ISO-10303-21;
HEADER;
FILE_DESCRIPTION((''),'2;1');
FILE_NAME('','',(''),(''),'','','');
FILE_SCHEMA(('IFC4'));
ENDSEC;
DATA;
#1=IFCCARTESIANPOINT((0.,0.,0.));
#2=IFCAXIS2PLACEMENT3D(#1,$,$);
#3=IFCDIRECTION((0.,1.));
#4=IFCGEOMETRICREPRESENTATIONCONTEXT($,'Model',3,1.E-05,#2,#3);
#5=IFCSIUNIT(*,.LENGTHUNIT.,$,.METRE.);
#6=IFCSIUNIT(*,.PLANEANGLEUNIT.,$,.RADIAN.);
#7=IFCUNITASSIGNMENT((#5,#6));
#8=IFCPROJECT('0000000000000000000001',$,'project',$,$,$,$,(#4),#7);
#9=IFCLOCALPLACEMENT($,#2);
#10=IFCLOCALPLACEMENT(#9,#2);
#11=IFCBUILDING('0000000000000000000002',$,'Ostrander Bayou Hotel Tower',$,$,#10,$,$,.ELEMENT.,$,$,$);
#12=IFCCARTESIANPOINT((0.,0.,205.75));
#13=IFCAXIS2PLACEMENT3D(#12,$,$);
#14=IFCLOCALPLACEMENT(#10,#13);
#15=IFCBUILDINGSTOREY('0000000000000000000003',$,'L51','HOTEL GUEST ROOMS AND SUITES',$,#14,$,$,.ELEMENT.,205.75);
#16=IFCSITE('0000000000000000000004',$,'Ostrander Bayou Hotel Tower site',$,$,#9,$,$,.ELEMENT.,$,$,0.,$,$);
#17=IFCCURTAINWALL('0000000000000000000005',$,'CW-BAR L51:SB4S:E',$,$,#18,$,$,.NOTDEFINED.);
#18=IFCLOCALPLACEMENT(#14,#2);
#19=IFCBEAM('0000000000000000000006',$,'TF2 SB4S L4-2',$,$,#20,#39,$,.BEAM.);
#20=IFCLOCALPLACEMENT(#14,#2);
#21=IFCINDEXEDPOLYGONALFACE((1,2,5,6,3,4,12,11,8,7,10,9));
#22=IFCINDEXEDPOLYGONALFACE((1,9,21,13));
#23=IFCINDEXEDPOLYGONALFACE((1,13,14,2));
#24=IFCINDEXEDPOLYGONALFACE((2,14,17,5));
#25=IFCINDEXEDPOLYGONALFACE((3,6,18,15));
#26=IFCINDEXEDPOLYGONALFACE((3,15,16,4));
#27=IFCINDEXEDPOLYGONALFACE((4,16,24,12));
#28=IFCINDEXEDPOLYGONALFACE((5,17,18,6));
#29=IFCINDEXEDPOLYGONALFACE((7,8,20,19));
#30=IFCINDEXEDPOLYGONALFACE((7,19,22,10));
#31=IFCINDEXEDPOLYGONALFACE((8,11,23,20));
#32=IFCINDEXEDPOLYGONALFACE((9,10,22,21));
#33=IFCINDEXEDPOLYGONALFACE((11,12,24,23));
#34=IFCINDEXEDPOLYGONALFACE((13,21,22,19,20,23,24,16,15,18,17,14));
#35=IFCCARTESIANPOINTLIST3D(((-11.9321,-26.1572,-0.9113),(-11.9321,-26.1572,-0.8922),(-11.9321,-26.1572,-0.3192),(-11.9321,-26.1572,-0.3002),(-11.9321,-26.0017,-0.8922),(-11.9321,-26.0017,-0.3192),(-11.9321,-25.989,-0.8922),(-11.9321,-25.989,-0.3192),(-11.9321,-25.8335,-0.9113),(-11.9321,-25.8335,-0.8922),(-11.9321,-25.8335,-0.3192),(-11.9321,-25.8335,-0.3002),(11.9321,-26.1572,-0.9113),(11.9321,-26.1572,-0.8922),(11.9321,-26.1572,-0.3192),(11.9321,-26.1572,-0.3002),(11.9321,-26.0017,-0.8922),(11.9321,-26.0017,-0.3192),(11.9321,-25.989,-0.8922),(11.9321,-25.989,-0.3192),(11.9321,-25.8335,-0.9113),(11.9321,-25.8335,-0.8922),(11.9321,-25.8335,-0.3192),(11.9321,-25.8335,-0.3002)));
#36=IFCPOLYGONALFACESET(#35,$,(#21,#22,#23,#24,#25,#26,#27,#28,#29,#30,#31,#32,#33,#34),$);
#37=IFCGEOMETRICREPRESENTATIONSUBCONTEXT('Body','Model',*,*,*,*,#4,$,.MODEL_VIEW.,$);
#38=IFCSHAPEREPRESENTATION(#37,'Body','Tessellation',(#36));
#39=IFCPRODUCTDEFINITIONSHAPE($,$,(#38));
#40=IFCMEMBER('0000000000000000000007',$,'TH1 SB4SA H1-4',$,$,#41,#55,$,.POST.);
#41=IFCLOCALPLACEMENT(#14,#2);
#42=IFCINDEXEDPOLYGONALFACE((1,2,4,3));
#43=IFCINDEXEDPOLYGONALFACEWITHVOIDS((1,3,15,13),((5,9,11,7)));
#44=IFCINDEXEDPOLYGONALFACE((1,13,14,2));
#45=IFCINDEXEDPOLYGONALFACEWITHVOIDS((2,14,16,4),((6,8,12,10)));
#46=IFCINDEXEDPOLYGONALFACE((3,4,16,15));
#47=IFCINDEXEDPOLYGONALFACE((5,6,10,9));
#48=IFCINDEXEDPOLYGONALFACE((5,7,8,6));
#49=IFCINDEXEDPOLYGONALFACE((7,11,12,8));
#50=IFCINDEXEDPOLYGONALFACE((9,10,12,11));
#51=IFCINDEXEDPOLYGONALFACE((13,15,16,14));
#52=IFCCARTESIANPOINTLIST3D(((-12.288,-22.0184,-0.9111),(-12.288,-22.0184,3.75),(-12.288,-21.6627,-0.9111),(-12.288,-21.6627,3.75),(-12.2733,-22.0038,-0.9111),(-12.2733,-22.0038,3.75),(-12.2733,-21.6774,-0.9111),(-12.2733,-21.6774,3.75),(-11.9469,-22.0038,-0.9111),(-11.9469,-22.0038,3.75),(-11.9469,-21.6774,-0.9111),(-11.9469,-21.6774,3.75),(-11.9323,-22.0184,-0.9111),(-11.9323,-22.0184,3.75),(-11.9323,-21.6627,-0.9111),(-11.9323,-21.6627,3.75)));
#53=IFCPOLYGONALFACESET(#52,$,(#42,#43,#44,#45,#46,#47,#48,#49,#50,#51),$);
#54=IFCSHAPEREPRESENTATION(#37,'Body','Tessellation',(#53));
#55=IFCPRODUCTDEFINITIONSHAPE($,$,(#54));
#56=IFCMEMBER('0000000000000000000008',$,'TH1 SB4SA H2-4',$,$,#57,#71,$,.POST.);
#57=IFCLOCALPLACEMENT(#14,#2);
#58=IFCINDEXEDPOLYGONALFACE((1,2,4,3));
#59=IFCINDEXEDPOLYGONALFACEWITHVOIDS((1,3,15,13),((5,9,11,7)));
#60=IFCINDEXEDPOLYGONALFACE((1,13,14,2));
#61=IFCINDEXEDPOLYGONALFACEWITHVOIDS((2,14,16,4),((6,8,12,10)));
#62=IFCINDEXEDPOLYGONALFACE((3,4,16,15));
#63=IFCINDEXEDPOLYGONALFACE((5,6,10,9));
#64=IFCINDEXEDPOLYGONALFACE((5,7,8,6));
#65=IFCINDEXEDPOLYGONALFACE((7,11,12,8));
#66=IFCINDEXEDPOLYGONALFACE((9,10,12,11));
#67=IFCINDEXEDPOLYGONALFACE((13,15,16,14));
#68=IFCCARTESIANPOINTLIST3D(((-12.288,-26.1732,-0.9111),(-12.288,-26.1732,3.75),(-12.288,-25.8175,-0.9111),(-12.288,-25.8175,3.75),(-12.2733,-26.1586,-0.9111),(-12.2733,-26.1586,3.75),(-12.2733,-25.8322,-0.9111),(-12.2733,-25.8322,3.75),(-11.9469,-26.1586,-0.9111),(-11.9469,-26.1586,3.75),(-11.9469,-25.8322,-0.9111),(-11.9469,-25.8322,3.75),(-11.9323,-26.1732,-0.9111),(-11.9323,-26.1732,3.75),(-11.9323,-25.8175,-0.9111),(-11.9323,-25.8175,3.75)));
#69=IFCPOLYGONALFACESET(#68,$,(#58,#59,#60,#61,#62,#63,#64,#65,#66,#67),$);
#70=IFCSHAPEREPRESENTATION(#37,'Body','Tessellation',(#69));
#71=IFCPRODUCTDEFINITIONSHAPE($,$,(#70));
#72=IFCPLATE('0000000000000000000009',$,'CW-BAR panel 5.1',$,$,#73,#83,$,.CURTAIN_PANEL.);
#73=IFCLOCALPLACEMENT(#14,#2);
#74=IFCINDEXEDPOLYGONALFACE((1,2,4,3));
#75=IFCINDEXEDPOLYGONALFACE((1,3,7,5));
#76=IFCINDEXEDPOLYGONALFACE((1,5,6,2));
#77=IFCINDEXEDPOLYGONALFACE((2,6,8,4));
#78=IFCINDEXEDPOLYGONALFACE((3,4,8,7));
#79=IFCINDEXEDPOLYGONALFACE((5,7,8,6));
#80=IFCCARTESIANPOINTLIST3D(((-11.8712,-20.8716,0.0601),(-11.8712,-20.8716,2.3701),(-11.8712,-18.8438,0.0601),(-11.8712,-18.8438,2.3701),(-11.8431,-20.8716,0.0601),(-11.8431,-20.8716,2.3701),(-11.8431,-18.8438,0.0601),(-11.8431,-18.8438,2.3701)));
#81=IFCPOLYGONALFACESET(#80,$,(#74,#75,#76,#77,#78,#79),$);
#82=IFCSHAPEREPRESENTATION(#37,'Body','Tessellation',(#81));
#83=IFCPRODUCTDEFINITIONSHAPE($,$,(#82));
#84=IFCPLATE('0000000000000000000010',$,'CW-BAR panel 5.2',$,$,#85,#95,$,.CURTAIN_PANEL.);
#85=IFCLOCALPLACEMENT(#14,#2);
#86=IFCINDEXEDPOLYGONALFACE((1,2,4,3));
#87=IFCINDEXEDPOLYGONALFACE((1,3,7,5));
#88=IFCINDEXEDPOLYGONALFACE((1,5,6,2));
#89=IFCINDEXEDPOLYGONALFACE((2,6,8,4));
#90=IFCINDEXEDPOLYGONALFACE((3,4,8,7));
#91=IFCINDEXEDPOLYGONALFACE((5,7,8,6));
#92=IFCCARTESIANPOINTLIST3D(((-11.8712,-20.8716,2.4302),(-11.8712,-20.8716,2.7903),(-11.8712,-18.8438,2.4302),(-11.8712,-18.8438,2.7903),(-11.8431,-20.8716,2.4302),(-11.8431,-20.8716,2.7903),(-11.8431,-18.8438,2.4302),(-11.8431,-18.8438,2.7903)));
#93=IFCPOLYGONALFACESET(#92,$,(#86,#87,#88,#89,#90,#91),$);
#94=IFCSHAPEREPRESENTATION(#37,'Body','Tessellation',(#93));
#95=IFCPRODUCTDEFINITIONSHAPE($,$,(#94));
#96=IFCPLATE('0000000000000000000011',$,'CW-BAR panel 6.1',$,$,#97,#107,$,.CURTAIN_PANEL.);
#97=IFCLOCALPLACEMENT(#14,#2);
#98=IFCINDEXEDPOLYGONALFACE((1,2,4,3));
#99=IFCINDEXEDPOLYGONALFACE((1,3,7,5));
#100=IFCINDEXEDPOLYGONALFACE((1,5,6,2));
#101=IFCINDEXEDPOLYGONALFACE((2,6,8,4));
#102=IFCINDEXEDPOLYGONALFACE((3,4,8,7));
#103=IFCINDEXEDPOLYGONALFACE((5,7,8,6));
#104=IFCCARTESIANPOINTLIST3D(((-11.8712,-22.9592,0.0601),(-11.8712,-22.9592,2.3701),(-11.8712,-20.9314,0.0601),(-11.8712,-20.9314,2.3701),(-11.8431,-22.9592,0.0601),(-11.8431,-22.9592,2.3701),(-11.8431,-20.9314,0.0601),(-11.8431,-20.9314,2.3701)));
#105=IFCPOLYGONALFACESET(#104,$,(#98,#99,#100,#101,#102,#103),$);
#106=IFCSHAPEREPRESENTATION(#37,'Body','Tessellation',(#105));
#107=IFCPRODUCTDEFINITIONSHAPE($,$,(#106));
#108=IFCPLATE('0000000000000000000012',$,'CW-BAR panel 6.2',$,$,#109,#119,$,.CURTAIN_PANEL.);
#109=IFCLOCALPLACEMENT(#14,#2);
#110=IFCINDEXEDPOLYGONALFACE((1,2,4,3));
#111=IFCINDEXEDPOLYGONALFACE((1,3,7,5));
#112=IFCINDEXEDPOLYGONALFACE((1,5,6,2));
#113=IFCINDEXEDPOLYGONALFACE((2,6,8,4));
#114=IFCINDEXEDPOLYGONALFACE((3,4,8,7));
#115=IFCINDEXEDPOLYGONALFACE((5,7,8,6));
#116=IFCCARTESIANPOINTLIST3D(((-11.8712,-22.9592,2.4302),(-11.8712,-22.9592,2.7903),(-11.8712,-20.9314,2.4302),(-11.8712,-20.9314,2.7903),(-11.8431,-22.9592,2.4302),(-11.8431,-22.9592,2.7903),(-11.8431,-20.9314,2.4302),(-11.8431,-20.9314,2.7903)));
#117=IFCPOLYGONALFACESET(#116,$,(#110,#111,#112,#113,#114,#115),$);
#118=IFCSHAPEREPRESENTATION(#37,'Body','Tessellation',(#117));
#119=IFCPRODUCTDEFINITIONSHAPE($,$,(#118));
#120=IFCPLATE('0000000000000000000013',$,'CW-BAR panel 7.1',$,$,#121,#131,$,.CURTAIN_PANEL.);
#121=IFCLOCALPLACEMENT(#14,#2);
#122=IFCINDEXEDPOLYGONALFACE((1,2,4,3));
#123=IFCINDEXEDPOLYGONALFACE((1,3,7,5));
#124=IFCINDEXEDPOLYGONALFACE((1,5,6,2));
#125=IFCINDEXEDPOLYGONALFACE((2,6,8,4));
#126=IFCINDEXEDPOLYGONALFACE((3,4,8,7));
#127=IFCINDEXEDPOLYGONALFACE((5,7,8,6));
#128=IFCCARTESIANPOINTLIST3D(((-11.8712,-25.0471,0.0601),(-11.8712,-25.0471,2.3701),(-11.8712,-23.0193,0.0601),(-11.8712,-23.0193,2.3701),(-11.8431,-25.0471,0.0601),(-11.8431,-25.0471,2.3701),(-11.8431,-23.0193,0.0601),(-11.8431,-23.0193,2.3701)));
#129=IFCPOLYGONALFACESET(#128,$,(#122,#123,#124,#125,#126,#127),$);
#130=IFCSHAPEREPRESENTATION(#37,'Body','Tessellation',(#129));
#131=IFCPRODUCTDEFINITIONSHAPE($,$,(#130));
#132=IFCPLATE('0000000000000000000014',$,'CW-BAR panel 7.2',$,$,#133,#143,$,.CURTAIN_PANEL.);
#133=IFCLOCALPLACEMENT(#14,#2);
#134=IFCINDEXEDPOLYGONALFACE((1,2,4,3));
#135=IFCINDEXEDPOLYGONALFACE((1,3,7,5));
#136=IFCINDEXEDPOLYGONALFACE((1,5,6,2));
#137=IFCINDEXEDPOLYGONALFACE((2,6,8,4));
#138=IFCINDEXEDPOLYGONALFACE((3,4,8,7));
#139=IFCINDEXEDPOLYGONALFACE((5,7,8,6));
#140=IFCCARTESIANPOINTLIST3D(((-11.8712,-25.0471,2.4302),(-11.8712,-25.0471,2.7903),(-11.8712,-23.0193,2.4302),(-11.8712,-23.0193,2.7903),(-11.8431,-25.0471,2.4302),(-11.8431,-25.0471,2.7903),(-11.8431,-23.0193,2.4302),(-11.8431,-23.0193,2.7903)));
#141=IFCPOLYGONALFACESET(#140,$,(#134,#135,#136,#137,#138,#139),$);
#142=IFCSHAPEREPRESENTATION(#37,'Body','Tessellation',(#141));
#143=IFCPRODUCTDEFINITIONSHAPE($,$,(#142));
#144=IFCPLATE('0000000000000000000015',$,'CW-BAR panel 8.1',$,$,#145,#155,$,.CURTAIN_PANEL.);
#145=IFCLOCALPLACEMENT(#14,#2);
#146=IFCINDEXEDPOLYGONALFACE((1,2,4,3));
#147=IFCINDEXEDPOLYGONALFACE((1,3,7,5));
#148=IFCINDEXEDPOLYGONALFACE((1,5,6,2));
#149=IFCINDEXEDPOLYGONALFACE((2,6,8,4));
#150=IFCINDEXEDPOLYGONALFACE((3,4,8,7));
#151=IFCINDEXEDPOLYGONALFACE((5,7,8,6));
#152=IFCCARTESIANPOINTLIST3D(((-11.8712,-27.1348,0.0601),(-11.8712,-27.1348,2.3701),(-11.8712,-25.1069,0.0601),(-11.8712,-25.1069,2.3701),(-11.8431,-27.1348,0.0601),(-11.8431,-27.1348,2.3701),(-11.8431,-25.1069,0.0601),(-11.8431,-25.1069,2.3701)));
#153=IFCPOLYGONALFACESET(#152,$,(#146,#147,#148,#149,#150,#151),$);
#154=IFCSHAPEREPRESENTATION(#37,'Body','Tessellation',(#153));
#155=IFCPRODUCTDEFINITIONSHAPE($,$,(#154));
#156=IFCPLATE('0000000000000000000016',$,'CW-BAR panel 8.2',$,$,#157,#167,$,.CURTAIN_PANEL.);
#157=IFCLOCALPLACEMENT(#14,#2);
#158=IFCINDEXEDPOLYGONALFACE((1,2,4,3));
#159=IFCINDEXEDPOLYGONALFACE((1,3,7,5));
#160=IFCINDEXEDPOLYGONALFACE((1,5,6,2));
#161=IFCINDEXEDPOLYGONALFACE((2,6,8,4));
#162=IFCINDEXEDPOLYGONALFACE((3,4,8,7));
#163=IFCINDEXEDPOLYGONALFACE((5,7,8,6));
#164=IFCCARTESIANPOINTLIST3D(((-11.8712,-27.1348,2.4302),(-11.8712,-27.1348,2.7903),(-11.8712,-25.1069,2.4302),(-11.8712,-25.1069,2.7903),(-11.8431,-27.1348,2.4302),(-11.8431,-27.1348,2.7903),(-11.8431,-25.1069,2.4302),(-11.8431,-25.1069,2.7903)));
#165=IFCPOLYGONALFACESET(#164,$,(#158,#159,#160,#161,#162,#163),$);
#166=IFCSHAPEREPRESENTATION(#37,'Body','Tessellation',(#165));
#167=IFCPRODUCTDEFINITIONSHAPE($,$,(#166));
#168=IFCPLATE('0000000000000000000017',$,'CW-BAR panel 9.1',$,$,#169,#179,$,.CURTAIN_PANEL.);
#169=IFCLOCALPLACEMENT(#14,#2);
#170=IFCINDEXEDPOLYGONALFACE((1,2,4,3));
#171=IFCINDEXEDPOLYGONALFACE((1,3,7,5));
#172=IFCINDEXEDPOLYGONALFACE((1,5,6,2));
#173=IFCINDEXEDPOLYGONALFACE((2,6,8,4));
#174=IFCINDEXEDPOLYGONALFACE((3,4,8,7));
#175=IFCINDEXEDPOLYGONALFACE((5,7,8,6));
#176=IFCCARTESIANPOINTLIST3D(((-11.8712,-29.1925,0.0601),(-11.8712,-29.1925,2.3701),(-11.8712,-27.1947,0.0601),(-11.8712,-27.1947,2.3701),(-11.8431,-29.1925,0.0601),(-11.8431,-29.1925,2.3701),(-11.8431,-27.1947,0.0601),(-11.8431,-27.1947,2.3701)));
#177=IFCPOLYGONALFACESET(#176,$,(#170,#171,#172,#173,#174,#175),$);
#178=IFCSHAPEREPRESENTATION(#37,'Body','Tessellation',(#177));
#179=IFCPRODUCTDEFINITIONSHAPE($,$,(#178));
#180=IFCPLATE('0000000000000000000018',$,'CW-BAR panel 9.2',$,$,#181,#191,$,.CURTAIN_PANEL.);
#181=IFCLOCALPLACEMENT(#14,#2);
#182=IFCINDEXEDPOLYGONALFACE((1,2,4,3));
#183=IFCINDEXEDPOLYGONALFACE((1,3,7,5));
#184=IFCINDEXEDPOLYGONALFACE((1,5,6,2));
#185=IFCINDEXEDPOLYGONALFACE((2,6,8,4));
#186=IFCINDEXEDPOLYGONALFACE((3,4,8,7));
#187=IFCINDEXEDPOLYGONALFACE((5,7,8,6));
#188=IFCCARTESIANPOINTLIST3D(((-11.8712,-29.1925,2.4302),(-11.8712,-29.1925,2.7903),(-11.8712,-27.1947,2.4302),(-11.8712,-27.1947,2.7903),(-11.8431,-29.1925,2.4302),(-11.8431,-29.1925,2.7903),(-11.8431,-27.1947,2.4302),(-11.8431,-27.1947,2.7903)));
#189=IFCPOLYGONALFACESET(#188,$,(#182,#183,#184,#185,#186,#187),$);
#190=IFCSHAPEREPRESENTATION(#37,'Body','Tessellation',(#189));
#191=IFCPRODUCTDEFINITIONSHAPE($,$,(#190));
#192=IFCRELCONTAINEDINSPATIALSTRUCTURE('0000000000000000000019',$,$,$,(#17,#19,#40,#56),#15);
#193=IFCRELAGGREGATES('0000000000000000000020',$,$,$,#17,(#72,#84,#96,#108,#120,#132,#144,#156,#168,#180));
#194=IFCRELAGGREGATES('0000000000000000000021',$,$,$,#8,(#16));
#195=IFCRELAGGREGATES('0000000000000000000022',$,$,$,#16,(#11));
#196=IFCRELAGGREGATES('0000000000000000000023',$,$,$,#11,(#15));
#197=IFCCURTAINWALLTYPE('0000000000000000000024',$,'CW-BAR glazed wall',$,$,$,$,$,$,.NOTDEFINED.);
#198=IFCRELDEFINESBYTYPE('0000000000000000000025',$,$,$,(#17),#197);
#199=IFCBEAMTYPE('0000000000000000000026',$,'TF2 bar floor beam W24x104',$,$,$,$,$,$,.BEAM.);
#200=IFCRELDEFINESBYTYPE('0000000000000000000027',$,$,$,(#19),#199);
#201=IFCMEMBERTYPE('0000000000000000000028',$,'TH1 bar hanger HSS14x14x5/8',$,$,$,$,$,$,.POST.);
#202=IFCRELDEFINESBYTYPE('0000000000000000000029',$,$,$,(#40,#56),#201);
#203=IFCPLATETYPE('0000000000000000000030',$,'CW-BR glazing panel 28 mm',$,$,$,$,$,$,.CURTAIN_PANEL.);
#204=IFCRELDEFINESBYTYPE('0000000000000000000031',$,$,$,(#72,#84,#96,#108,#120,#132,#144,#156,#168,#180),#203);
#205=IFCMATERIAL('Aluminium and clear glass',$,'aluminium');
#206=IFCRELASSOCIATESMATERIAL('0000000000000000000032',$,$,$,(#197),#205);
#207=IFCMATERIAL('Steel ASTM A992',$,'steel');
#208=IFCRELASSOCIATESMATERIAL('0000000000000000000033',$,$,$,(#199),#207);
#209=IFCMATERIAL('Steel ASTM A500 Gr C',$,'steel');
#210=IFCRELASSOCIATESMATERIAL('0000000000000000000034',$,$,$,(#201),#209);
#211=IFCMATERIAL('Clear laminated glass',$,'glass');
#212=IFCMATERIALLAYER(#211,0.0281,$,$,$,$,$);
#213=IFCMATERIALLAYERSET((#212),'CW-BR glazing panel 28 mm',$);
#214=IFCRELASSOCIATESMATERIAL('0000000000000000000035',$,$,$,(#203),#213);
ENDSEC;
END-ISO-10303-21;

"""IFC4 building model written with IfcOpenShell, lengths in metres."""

from ifc_helpers import new_model, si_unit, direction, frame, origin, origin_2d, place, context, subcontext, project, spatial, rectangle, hollow_rectangle, i_section, extrude, material, layer, layer_set, material_profile, profile_set, type_object, element, aggregate, save


model = new_model("IFC4")

# Units and contexts
model_context = context("Model", 3, precision=1e-05, world=origin(), true_north=direction((0.0, 1.0)))
body_context = subcontext(model_context, "Body", "Model", "MODEL_VIEW")
ifc_project = project(units=[si_unit("LENGTHUNIT", "METRE"), si_unit("PLANEANGLEUNIT", "RADIAN")], contexts=[model_context])

# Site, building, storey
site_placement = place(None, origin())
site = spatial("IfcSite", under=ifc_project, at=site_placement, Name="Ostrander Bayou Hotel Tower site", CompositionType="ELEMENT", RefElevation=0.0)
building_placement = place(site_placement, origin())
building = spatial("IfcBuilding", under=site, at=building_placement, Name="Ostrander Bayou Hotel Tower", CompositionType="ELEMENT")
storey_placement = place(building_placement, frame((0.0, 0.0, 205.75)))
storey = spatial("IfcBuildingStorey", under=building, at=storey_placement, Name="L51", Description="HOTEL GUEST ROOMS AND SUITES", CompositionType="ELEMENT", Elevation=205.75)

# Curtain wall
ifc_material_1 = material(Name="Aluminium and clear glass", Category="aluminium")
curtain_wall_type = type_object("IfcCurtainWallType", Name="CW-BAR glazed wall", PredefinedType="NOTDEFINED", material=ifc_material_1)
curtain_wall_1_placement = place(storey_placement, origin())
curtain_wall_1 = element("IfcCurtainWall", 1, at=curtain_wall_1_placement, inside=storey, type_object=curtain_wall_type, Name="CW-BAR L51:SB4S:E", PredefinedType="NOTDEFINED")

# Beam
ifc_material_2 = material(Name="Steel ASTM A992", Category="steel")
ifc_material_profile_1 = material_profile(ifc_material_2, i_section(OverallWidth=0.3237, OverallDepth=0.6111, WebThickness=0.0127, FlangeThickness=0.019, at=origin_2d()))
ifc_profile_set_1 = profile_set([ifc_material_profile_1], Name="Steel ASTM A992")
beam_type = type_object("IfcBeamType", Name="TF2 bar floor beam W24x104", PredefinedType="BEAM", material=ifc_profile_set_1)
for number, where, z_axis, x_axis, name in (
    (2, (-11.9321, -25.9954, -0.6057), (1.0, 0.0, 0.0), (0.0, 1.0, 0.0), "TF2 SB4S L4-2"),
):
    element("IfcBeam", number, at=place(storey_placement, frame(where, z_axis=z_axis, x_axis=x_axis)), inside=storey, type_object=beam_type, Name=name, PredefinedType="BEAM", context=body_context, shape_type="SweptSolid", body=[
        extrude(i_section(OverallWidth=0.3237, OverallDepth=0.6111, WebThickness=0.0127, FlangeThickness=0.019, at=origin_2d()), origin(), (0.0, 0.0, 1.0), 23.8643),
    ])

# Members
ifc_material_3 = material(Name="Steel ASTM A500 Gr C", Category="steel")
ifc_material_profile_2 = material_profile(ifc_material_3, hollow_rectangle(XDim=0.3557, YDim=0.3557, WallThickness=0.0146, at=origin_2d()))
ifc_profile_set_2 = profile_set([ifc_material_profile_2], Name="Steel ASTM A500 Gr C")
member_type_1 = type_object("IfcMemberType", Name="TH1 bar hanger HSS14x14x5/8", PredefinedType="POST", material=ifc_profile_set_2)
for number, where, z_axis, x_axis, name in (
    (3, (-12.1101, -21.8406, -0.9111), (0.0, 0.0, 1.0), (1.0, 0.0, 0.0), "TH1 SB4SA H1-4"),
    (4, (-12.1101, -25.9954, -0.9111), (0.0, 0.0, 1.0), (1.0, 0.0, 0.0), "TH1 SB4SA H2-4"),
):
    element("IfcMember", number, at=place(storey_placement, frame(where, z_axis=z_axis, x_axis=x_axis)), inside=storey, type_object=member_type_1, Name=name, PredefinedType="POST", context=body_context, shape_type="SweptSolid", body=[
        extrude(hollow_rectangle(XDim=0.3557, YDim=0.3557, WallThickness=0.0146, at=origin_2d()), origin(), (0.0, 0.0, 1.0), 4.6611),
    ])

# Plates
ifc_material_4 = material(Name="Clear laminated glass", Category="glass")
ifc_layer_1 = layer(ifc_material_4, 0.0281)
ifc_layer_set_1 = layer_set([ifc_layer_1], Name="CW-BR glazing panel 28 mm")
plate_type = type_object("IfcPlateType", Name="CW-BR glazing panel 28 mm", PredefinedType="CURTAIN_PANEL", material=ifc_layer_set_1)
plate_1_placement = place(storey_placement, frame((-11.8572, -19.8577, 0.0601), z_axis=(0.0, 0.0, 1.0), x_axis=(0.0, -1.0, 0.0)))
plate_1 = element("IfcPlate", 5, at=plate_1_placement, type_object=plate_type, Name="CW-BAR panel 5.1", PredefinedType="CURTAIN_PANEL", context=body_context, shape_type="SweptSolid", body=[
    extrude(rectangle(XDim=2.0278, YDim=0.0281, at=origin_2d()), origin(), (0.0, 0.0, 1.0), 2.3101),
])
plate_2_placement = place(storey_placement, frame((-11.8572, -19.8577, 2.4302), z_axis=(0.0, 0.0, 1.0), x_axis=(0.0, -1.0, 0.0)))
plate_2 = element("IfcPlate", 6, at=plate_2_placement, type_object=plate_type, Name="CW-BAR panel 5.2", PredefinedType="CURTAIN_PANEL", context=body_context, shape_type="SweptSolid", body=[
    extrude(rectangle(XDim=2.0278, YDim=0.0281, at=origin_2d()), origin(), (0.0, 0.0, 1.0), 0.3601),
])
plate_3_placement = place(storey_placement, frame((-11.8572, -21.9453, 0.0601), z_axis=(0.0, 0.0, 1.0), x_axis=(0.0, -1.0, 0.0)))
plate_3 = element("IfcPlate", 7, at=plate_3_placement, type_object=plate_type, Name="CW-BAR panel 6.1", PredefinedType="CURTAIN_PANEL", context=body_context, shape_type="SweptSolid", body=[
    extrude(rectangle(XDim=2.0278, YDim=0.0281, at=origin_2d()), origin(), (0.0, 0.0, 1.0), 2.3101),
])
plate_4_placement = place(storey_placement, frame((-11.8572, -21.9453, 2.4302), z_axis=(0.0, 0.0, 1.0), x_axis=(0.0, -1.0, 0.0)))
plate_4 = element("IfcPlate", 8, at=plate_4_placement, type_object=plate_type, Name="CW-BAR panel 6.2", PredefinedType="CURTAIN_PANEL", context=body_context, shape_type="SweptSolid", body=[
    extrude(rectangle(XDim=2.0278, YDim=0.0281, at=origin_2d()), origin(), (0.0, 0.0, 1.0), 0.3601),
])
plate_5_placement = place(storey_placement, frame((-11.8572, -24.0332, 0.0601), z_axis=(0.0, 0.0, 1.0), x_axis=(0.0, -1.0, 0.0)))
plate_5 = element("IfcPlate", 9, at=plate_5_placement, type_object=plate_type, Name="CW-BAR panel 7.1", PredefinedType="CURTAIN_PANEL", context=body_context, shape_type="SweptSolid", body=[
    extrude(rectangle(XDim=2.0278, YDim=0.0281, at=origin_2d()), origin(), (0.0, 0.0, 1.0), 2.3101),
])
plate_6_placement = place(storey_placement, frame((-11.8572, -24.0332, 2.4302), z_axis=(0.0, 0.0, 1.0), x_axis=(0.0, -1.0, 0.0)))
plate_6 = element("IfcPlate", 10, at=plate_6_placement, type_object=plate_type, Name="CW-BAR panel 7.2", PredefinedType="CURTAIN_PANEL", context=body_context, shape_type="SweptSolid", body=[
    extrude(rectangle(XDim=2.0278, YDim=0.0281, at=origin_2d()), origin(), (0.0, 0.0, 1.0), 0.3601),
])
plate_7_placement = place(storey_placement, frame((-11.8572, -26.1208, 0.0601), z_axis=(0.0, 0.0, 1.0), x_axis=(0.0, -1.0, 0.0)))
plate_7 = element("IfcPlate", 11, at=plate_7_placement, type_object=plate_type, Name="CW-BAR panel 8.1", PredefinedType="CURTAIN_PANEL", context=body_context, shape_type="SweptSolid", body=[
    extrude(rectangle(XDim=2.0278, YDim=0.0281, at=origin_2d()), origin(), (0.0, 0.0, 1.0), 2.3101),
])
plate_8_placement = place(storey_placement, frame((-11.8572, -26.1208, 2.4302), z_axis=(0.0, 0.0, 1.0), x_axis=(0.0, -1.0, 0.0)))
plate_8 = element("IfcPlate", 12, at=plate_8_placement, type_object=plate_type, Name="CW-BAR panel 8.2", PredefinedType="CURTAIN_PANEL", context=body_context, shape_type="SweptSolid", body=[
    extrude(rectangle(XDim=2.0278, YDim=0.0281, at=origin_2d()), origin(), (0.0, 0.0, 1.0), 0.3601),
])
plate_9_placement = place(storey_placement, frame((-11.8572, -28.1936, 0.0601), z_axis=(0.0, 0.0, 1.0), x_axis=(0.0, -1.0, 0.0)))
plate_9 = element("IfcPlate", 13, at=plate_9_placement, type_object=plate_type, Name="CW-BAR panel 9.1", PredefinedType="CURTAIN_PANEL", context=body_context, shape_type="SweptSolid", body=[
    extrude(rectangle(XDim=1.9978, YDim=0.0281, at=origin_2d()), origin(), (0.0, 0.0, 1.0), 2.3101),
])
plate_10_placement = place(storey_placement, frame((-11.8572, -28.1936, 2.4302), z_axis=(0.0, 0.0, 1.0), x_axis=(0.0, -1.0, 0.0)))
plate_10 = element("IfcPlate", 14, at=plate_10_placement, type_object=plate_type, Name="CW-BAR panel 9.2", PredefinedType="CURTAIN_PANEL", context=body_context, shape_type="SweptSolid", body=[
    extrude(rectangle(XDim=1.9978, YDim=0.0281, at=origin_2d()), origin(), (0.0, 0.0, 1.0), 0.3601),
])
aggregate(curtain_wall_1, [plate_1, plate_2, plate_3, plate_4, plate_5, plate_6, plate_7, plate_8, plate_9, plate_10])

save(model, "model.ifc")
